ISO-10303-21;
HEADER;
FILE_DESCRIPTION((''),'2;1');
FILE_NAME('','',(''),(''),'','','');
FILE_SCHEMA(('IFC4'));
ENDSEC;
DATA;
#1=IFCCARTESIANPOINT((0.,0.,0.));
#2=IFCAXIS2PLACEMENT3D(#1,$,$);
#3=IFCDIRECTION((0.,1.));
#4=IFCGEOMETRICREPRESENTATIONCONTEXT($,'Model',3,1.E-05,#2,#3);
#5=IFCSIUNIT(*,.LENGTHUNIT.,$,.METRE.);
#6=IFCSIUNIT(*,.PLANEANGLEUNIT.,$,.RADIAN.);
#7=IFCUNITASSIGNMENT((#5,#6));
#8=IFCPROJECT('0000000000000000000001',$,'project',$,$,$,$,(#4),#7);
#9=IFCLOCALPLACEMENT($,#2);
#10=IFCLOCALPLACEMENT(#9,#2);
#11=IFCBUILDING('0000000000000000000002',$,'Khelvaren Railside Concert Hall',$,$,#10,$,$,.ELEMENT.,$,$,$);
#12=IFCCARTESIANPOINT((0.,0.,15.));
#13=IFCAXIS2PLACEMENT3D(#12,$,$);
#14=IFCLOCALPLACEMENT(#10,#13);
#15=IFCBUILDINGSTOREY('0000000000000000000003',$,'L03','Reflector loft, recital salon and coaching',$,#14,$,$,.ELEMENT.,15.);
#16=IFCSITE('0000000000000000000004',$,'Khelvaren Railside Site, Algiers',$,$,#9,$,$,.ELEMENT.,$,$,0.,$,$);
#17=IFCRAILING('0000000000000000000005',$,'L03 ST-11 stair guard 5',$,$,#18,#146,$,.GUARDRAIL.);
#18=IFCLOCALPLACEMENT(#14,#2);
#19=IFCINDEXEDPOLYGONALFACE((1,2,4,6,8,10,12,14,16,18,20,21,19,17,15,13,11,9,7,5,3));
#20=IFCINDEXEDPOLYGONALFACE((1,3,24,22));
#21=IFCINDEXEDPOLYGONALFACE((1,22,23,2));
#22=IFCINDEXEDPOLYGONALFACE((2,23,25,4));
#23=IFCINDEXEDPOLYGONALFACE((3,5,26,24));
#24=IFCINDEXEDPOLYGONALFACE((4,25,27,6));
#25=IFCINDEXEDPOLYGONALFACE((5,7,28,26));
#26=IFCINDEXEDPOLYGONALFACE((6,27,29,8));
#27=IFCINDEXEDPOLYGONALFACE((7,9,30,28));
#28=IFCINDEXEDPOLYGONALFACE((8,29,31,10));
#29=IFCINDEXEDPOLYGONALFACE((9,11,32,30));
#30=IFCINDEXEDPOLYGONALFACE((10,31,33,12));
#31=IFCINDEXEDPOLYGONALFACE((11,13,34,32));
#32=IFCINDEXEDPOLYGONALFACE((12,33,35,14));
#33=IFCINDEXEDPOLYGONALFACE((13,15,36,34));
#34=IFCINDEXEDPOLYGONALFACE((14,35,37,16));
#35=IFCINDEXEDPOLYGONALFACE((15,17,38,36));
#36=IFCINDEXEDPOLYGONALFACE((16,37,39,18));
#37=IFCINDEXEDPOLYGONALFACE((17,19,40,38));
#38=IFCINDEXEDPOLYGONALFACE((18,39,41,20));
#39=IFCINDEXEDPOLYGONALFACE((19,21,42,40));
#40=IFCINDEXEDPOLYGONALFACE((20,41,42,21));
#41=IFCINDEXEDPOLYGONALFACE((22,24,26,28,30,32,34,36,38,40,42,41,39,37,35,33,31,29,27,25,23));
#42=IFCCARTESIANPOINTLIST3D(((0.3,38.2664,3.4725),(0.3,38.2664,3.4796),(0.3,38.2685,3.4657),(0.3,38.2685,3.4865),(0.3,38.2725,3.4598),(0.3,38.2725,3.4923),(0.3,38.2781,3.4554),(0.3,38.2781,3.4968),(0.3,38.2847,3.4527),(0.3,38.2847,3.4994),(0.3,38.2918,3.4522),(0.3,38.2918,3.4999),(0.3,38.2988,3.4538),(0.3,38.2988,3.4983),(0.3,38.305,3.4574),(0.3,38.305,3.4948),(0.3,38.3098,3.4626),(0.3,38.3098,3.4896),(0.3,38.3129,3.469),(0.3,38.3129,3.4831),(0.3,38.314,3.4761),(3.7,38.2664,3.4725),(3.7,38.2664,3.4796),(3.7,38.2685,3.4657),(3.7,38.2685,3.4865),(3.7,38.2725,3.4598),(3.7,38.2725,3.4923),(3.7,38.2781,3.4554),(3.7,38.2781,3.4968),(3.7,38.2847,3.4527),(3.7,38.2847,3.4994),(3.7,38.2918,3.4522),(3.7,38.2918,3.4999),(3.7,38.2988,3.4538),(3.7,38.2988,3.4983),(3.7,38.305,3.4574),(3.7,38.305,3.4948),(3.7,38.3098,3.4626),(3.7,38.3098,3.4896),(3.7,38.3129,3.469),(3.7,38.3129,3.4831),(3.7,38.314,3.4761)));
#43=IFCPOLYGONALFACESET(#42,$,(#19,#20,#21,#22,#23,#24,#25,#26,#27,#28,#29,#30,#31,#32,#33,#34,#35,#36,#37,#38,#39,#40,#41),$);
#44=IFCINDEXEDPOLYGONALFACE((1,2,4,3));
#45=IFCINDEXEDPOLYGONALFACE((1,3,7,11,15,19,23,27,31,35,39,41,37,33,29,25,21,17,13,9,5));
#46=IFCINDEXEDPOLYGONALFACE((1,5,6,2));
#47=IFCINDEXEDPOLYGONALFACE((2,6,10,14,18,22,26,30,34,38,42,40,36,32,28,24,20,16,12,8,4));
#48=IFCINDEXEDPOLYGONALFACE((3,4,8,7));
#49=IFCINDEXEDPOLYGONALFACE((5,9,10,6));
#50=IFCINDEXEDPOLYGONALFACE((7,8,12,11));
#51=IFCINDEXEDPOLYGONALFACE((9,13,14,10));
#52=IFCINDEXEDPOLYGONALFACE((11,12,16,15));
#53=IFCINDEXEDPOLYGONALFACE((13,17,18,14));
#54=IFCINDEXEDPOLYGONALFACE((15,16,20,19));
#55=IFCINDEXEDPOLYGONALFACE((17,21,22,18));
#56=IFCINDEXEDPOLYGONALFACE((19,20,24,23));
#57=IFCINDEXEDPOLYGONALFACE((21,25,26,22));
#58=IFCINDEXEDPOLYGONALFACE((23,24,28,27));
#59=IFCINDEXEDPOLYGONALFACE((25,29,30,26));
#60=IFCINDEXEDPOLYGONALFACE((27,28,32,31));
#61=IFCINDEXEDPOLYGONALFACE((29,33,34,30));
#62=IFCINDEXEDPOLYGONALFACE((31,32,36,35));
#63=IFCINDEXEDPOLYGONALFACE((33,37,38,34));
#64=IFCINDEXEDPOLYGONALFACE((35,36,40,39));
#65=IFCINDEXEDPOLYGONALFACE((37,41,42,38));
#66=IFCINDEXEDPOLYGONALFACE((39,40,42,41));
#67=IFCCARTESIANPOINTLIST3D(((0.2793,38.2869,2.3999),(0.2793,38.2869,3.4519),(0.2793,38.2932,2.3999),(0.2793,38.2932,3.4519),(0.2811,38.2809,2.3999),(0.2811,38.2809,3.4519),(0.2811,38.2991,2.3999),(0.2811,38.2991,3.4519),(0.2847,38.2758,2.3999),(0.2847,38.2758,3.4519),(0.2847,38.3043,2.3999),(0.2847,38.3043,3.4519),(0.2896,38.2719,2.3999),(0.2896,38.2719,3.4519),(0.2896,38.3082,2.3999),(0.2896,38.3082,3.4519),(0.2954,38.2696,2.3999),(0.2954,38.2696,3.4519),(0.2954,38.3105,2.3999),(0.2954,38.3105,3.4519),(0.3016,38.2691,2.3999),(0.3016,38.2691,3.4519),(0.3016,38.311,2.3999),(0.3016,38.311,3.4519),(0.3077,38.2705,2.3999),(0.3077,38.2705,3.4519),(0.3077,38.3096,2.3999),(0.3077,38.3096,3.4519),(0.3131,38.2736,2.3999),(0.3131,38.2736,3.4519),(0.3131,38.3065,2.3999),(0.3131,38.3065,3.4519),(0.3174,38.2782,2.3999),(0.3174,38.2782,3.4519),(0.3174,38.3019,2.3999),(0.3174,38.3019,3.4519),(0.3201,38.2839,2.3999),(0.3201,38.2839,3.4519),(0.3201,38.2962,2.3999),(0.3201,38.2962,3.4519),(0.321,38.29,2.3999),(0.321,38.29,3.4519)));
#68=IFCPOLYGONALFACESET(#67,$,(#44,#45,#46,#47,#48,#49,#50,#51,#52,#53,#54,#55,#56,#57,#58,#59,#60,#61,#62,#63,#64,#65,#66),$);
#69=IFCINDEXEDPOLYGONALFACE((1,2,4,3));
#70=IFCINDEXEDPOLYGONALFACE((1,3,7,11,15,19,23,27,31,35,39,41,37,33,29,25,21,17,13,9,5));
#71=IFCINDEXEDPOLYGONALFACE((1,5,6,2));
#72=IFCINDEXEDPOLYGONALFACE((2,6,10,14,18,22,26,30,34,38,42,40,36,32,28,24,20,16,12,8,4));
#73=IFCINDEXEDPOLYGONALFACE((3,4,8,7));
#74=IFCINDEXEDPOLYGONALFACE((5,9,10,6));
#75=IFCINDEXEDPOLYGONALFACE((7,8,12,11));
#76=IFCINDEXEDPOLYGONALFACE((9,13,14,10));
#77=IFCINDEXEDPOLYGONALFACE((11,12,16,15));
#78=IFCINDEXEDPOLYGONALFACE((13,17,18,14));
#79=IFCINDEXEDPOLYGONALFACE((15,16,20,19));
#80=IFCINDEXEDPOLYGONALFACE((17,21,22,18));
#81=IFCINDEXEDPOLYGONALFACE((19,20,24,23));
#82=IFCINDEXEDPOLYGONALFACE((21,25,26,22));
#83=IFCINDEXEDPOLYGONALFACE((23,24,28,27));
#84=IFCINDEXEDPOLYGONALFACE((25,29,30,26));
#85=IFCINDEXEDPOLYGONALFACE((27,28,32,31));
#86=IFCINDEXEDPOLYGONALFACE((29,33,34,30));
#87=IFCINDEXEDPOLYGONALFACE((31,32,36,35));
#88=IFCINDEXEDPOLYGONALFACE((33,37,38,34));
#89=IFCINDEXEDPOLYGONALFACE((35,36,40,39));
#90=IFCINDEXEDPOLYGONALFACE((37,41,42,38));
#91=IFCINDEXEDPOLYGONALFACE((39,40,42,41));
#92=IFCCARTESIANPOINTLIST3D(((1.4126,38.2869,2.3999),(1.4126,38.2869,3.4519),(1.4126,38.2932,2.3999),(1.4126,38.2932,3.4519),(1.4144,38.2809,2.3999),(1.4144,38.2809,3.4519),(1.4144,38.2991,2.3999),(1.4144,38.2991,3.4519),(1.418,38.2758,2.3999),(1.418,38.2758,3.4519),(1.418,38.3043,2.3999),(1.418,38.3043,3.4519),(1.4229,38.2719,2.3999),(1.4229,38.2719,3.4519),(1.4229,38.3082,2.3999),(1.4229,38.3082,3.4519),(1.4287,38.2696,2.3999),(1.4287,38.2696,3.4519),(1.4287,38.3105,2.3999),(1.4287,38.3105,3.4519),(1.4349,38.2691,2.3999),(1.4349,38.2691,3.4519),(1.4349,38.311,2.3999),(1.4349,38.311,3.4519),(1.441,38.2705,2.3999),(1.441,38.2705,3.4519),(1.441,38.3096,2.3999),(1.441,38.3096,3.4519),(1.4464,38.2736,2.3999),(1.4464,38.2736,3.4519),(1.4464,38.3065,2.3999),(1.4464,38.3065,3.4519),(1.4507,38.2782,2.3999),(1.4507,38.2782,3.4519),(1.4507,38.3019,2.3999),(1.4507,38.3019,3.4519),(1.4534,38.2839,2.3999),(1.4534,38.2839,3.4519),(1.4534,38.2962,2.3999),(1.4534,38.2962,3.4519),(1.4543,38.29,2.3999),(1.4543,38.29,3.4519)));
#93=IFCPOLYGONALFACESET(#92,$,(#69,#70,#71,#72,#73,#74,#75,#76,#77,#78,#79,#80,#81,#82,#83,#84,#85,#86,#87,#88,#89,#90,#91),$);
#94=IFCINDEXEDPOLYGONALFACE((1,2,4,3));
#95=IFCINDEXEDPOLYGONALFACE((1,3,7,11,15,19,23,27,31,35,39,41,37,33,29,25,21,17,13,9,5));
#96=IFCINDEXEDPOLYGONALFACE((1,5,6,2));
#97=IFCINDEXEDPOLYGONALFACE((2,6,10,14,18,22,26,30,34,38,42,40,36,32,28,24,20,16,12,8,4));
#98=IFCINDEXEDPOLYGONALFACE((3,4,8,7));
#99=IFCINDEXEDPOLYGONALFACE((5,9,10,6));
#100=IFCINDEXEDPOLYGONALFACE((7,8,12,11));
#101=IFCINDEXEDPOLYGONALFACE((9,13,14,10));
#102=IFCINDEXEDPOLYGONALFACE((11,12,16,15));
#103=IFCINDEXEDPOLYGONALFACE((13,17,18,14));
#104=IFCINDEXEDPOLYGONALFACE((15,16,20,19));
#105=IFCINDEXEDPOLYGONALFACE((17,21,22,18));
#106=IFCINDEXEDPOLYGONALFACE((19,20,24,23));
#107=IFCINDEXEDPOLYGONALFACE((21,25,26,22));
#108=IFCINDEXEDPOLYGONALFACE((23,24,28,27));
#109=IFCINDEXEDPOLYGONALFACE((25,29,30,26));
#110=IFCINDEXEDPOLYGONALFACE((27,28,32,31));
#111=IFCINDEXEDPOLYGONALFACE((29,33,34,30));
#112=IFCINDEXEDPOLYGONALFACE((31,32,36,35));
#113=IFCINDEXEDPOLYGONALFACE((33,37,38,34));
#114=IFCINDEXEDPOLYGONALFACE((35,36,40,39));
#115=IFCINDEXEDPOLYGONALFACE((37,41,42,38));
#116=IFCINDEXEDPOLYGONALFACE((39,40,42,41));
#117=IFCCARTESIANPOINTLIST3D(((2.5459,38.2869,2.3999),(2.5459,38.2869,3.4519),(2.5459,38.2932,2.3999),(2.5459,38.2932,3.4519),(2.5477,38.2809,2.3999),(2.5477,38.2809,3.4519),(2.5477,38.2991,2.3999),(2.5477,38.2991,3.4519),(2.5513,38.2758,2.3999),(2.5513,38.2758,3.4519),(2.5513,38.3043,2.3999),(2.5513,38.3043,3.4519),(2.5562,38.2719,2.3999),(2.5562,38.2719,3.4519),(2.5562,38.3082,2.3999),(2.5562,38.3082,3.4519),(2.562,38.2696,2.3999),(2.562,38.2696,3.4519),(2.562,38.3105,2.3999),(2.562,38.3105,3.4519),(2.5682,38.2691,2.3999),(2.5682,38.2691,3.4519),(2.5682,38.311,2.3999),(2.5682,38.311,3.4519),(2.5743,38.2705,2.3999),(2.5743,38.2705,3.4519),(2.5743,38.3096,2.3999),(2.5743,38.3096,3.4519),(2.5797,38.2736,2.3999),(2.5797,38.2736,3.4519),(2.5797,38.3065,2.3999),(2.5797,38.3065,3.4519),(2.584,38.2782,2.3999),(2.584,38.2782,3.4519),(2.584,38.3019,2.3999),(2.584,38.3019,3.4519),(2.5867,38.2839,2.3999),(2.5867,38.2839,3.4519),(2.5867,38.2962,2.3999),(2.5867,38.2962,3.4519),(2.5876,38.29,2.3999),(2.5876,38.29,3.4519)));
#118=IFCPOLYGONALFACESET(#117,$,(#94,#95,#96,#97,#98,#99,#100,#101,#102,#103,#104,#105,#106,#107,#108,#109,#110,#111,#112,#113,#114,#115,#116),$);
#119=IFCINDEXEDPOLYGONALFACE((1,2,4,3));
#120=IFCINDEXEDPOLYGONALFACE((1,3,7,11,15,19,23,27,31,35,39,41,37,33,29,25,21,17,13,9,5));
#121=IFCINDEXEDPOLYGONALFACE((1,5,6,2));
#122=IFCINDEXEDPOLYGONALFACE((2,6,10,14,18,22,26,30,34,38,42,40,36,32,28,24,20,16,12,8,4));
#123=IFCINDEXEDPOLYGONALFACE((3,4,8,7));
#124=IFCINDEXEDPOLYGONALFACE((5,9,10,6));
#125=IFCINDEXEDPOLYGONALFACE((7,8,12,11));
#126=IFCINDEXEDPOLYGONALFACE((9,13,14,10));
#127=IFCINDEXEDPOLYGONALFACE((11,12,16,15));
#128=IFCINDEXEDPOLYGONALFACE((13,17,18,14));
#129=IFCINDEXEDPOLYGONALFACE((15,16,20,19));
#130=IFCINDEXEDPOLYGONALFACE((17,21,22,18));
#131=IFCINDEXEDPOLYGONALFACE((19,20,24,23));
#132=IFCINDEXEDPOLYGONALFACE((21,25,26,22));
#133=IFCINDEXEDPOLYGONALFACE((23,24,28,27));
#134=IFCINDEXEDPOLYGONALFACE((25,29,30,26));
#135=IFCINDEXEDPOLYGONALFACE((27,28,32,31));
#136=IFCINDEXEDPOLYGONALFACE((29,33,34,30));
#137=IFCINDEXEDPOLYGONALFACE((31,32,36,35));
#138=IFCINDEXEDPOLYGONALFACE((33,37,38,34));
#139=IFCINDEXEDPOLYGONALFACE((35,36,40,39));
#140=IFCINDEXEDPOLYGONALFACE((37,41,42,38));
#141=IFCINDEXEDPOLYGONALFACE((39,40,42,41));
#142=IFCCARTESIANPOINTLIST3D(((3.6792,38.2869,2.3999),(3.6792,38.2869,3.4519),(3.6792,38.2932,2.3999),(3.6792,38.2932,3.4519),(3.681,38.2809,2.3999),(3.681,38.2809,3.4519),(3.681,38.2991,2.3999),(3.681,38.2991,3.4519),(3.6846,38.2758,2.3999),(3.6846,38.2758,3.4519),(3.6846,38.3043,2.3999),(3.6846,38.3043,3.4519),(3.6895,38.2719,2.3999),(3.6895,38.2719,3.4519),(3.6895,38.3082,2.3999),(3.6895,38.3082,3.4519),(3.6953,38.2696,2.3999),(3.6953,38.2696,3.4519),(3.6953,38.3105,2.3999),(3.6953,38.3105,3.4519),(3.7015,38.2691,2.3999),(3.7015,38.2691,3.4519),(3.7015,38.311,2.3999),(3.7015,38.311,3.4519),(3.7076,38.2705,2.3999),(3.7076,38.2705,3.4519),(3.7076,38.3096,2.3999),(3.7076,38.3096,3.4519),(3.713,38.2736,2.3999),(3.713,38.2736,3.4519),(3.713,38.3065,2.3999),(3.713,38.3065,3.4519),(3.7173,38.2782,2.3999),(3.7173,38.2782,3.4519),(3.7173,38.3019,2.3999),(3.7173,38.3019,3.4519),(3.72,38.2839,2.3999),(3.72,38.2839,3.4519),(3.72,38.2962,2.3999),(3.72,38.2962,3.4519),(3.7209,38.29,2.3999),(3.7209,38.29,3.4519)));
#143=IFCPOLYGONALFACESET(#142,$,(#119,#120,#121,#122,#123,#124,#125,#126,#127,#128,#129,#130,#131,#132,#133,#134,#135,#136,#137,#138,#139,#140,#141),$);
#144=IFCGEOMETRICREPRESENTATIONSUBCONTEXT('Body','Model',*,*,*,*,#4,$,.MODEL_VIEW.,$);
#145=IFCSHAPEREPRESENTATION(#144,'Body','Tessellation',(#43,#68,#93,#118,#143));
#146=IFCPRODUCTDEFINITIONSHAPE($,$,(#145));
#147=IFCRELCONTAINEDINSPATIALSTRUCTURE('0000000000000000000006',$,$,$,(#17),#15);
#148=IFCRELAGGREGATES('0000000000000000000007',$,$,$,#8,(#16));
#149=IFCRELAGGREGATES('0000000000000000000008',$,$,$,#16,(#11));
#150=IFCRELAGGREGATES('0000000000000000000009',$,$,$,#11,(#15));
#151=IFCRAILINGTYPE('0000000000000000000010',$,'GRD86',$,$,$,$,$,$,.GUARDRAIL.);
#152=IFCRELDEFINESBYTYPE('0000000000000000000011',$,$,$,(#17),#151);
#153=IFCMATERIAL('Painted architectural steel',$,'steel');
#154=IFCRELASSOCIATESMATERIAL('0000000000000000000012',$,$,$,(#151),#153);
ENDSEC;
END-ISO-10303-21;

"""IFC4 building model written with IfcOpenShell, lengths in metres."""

from ifc_helpers import new_model, si_unit, direction, frame, origin, origin_2d, place, context, subcontext, project, spatial, circle, extrude, material, type_object, element, save


model = new_model("IFC4")

# Units and contexts
model_context = context("Model", 3, precision=1e-05, world=origin(), true_north=direction((0.0, 1.0)))
body_context = subcontext(model_context, "Body", "Model", "MODEL_VIEW")
ifc_project = project(units=[si_unit("LENGTHUNIT", "METRE"), si_unit("PLANEANGLEUNIT", "RADIAN")], contexts=[model_context])

# Site, building, storey
site_placement = place(None, origin())
site = spatial("IfcSite", under=ifc_project, at=site_placement, Name="Khelvaren Railside Site, Algiers", CompositionType="ELEMENT", RefElevation=0.0)
building_placement = place(site_placement, origin())
building = spatial("IfcBuilding", under=site, at=building_placement, Name="Khelvaren Railside Concert Hall", CompositionType="ELEMENT")
storey_placement = place(building_placement, frame((0.0, 0.0, 15.0)))
storey = spatial("IfcBuildingStorey", under=building, at=storey_placement, Name="L03", Description="Reflector loft, recital salon and coaching", CompositionType="ELEMENT", Elevation=15.0)

# Railing
ifc_material_1 = material(Name="Painted architectural steel", Category="steel")
railing_type_1 = type_object("IfcRailingType", Name="GRD86", PredefinedType="GUARDRAIL", material=ifc_material_1)
railing_1_placement = place(storey_placement, frame((0.3, 38.29, 2.3999)))
element("IfcRailing", 1, at=railing_1_placement, inside=storey, type_object=railing_type_1, Name="L03 ST-11 stair guard 5", PredefinedType="GUARDRAIL", context=body_context, shape_type="SweptSolid", body=[
    extrude(circle(Radius=0.0239, at=origin_2d()), frame((0.0, 0.0, 1.0762), z_axis=(1.0, 0.0, 0.0), x_axis=(0.0, 1.0, 0.0)), (0.0, 0.0, 1.0), 3.3999),
    extrude(circle(Radius=0.021, at=origin_2d()), origin(), (0.0, 0.0, 1.0), 1.052),
    extrude(circle(Radius=0.021, at=origin_2d()), frame((1.1333, 0.0, 0.0)), (0.0, 0.0, 1.0), 1.052),
    extrude(circle(Radius=0.021, at=origin_2d()), frame((2.2666, 0.0, 0.0)), (0.0, 0.0, 1.0), 1.052),
    extrude(circle(Radius=0.021, at=origin_2d()), frame((3.3999, 0.0, 0.0)), (0.0, 0.0, 1.0), 1.052),
])

save(model, "model.ifc")
